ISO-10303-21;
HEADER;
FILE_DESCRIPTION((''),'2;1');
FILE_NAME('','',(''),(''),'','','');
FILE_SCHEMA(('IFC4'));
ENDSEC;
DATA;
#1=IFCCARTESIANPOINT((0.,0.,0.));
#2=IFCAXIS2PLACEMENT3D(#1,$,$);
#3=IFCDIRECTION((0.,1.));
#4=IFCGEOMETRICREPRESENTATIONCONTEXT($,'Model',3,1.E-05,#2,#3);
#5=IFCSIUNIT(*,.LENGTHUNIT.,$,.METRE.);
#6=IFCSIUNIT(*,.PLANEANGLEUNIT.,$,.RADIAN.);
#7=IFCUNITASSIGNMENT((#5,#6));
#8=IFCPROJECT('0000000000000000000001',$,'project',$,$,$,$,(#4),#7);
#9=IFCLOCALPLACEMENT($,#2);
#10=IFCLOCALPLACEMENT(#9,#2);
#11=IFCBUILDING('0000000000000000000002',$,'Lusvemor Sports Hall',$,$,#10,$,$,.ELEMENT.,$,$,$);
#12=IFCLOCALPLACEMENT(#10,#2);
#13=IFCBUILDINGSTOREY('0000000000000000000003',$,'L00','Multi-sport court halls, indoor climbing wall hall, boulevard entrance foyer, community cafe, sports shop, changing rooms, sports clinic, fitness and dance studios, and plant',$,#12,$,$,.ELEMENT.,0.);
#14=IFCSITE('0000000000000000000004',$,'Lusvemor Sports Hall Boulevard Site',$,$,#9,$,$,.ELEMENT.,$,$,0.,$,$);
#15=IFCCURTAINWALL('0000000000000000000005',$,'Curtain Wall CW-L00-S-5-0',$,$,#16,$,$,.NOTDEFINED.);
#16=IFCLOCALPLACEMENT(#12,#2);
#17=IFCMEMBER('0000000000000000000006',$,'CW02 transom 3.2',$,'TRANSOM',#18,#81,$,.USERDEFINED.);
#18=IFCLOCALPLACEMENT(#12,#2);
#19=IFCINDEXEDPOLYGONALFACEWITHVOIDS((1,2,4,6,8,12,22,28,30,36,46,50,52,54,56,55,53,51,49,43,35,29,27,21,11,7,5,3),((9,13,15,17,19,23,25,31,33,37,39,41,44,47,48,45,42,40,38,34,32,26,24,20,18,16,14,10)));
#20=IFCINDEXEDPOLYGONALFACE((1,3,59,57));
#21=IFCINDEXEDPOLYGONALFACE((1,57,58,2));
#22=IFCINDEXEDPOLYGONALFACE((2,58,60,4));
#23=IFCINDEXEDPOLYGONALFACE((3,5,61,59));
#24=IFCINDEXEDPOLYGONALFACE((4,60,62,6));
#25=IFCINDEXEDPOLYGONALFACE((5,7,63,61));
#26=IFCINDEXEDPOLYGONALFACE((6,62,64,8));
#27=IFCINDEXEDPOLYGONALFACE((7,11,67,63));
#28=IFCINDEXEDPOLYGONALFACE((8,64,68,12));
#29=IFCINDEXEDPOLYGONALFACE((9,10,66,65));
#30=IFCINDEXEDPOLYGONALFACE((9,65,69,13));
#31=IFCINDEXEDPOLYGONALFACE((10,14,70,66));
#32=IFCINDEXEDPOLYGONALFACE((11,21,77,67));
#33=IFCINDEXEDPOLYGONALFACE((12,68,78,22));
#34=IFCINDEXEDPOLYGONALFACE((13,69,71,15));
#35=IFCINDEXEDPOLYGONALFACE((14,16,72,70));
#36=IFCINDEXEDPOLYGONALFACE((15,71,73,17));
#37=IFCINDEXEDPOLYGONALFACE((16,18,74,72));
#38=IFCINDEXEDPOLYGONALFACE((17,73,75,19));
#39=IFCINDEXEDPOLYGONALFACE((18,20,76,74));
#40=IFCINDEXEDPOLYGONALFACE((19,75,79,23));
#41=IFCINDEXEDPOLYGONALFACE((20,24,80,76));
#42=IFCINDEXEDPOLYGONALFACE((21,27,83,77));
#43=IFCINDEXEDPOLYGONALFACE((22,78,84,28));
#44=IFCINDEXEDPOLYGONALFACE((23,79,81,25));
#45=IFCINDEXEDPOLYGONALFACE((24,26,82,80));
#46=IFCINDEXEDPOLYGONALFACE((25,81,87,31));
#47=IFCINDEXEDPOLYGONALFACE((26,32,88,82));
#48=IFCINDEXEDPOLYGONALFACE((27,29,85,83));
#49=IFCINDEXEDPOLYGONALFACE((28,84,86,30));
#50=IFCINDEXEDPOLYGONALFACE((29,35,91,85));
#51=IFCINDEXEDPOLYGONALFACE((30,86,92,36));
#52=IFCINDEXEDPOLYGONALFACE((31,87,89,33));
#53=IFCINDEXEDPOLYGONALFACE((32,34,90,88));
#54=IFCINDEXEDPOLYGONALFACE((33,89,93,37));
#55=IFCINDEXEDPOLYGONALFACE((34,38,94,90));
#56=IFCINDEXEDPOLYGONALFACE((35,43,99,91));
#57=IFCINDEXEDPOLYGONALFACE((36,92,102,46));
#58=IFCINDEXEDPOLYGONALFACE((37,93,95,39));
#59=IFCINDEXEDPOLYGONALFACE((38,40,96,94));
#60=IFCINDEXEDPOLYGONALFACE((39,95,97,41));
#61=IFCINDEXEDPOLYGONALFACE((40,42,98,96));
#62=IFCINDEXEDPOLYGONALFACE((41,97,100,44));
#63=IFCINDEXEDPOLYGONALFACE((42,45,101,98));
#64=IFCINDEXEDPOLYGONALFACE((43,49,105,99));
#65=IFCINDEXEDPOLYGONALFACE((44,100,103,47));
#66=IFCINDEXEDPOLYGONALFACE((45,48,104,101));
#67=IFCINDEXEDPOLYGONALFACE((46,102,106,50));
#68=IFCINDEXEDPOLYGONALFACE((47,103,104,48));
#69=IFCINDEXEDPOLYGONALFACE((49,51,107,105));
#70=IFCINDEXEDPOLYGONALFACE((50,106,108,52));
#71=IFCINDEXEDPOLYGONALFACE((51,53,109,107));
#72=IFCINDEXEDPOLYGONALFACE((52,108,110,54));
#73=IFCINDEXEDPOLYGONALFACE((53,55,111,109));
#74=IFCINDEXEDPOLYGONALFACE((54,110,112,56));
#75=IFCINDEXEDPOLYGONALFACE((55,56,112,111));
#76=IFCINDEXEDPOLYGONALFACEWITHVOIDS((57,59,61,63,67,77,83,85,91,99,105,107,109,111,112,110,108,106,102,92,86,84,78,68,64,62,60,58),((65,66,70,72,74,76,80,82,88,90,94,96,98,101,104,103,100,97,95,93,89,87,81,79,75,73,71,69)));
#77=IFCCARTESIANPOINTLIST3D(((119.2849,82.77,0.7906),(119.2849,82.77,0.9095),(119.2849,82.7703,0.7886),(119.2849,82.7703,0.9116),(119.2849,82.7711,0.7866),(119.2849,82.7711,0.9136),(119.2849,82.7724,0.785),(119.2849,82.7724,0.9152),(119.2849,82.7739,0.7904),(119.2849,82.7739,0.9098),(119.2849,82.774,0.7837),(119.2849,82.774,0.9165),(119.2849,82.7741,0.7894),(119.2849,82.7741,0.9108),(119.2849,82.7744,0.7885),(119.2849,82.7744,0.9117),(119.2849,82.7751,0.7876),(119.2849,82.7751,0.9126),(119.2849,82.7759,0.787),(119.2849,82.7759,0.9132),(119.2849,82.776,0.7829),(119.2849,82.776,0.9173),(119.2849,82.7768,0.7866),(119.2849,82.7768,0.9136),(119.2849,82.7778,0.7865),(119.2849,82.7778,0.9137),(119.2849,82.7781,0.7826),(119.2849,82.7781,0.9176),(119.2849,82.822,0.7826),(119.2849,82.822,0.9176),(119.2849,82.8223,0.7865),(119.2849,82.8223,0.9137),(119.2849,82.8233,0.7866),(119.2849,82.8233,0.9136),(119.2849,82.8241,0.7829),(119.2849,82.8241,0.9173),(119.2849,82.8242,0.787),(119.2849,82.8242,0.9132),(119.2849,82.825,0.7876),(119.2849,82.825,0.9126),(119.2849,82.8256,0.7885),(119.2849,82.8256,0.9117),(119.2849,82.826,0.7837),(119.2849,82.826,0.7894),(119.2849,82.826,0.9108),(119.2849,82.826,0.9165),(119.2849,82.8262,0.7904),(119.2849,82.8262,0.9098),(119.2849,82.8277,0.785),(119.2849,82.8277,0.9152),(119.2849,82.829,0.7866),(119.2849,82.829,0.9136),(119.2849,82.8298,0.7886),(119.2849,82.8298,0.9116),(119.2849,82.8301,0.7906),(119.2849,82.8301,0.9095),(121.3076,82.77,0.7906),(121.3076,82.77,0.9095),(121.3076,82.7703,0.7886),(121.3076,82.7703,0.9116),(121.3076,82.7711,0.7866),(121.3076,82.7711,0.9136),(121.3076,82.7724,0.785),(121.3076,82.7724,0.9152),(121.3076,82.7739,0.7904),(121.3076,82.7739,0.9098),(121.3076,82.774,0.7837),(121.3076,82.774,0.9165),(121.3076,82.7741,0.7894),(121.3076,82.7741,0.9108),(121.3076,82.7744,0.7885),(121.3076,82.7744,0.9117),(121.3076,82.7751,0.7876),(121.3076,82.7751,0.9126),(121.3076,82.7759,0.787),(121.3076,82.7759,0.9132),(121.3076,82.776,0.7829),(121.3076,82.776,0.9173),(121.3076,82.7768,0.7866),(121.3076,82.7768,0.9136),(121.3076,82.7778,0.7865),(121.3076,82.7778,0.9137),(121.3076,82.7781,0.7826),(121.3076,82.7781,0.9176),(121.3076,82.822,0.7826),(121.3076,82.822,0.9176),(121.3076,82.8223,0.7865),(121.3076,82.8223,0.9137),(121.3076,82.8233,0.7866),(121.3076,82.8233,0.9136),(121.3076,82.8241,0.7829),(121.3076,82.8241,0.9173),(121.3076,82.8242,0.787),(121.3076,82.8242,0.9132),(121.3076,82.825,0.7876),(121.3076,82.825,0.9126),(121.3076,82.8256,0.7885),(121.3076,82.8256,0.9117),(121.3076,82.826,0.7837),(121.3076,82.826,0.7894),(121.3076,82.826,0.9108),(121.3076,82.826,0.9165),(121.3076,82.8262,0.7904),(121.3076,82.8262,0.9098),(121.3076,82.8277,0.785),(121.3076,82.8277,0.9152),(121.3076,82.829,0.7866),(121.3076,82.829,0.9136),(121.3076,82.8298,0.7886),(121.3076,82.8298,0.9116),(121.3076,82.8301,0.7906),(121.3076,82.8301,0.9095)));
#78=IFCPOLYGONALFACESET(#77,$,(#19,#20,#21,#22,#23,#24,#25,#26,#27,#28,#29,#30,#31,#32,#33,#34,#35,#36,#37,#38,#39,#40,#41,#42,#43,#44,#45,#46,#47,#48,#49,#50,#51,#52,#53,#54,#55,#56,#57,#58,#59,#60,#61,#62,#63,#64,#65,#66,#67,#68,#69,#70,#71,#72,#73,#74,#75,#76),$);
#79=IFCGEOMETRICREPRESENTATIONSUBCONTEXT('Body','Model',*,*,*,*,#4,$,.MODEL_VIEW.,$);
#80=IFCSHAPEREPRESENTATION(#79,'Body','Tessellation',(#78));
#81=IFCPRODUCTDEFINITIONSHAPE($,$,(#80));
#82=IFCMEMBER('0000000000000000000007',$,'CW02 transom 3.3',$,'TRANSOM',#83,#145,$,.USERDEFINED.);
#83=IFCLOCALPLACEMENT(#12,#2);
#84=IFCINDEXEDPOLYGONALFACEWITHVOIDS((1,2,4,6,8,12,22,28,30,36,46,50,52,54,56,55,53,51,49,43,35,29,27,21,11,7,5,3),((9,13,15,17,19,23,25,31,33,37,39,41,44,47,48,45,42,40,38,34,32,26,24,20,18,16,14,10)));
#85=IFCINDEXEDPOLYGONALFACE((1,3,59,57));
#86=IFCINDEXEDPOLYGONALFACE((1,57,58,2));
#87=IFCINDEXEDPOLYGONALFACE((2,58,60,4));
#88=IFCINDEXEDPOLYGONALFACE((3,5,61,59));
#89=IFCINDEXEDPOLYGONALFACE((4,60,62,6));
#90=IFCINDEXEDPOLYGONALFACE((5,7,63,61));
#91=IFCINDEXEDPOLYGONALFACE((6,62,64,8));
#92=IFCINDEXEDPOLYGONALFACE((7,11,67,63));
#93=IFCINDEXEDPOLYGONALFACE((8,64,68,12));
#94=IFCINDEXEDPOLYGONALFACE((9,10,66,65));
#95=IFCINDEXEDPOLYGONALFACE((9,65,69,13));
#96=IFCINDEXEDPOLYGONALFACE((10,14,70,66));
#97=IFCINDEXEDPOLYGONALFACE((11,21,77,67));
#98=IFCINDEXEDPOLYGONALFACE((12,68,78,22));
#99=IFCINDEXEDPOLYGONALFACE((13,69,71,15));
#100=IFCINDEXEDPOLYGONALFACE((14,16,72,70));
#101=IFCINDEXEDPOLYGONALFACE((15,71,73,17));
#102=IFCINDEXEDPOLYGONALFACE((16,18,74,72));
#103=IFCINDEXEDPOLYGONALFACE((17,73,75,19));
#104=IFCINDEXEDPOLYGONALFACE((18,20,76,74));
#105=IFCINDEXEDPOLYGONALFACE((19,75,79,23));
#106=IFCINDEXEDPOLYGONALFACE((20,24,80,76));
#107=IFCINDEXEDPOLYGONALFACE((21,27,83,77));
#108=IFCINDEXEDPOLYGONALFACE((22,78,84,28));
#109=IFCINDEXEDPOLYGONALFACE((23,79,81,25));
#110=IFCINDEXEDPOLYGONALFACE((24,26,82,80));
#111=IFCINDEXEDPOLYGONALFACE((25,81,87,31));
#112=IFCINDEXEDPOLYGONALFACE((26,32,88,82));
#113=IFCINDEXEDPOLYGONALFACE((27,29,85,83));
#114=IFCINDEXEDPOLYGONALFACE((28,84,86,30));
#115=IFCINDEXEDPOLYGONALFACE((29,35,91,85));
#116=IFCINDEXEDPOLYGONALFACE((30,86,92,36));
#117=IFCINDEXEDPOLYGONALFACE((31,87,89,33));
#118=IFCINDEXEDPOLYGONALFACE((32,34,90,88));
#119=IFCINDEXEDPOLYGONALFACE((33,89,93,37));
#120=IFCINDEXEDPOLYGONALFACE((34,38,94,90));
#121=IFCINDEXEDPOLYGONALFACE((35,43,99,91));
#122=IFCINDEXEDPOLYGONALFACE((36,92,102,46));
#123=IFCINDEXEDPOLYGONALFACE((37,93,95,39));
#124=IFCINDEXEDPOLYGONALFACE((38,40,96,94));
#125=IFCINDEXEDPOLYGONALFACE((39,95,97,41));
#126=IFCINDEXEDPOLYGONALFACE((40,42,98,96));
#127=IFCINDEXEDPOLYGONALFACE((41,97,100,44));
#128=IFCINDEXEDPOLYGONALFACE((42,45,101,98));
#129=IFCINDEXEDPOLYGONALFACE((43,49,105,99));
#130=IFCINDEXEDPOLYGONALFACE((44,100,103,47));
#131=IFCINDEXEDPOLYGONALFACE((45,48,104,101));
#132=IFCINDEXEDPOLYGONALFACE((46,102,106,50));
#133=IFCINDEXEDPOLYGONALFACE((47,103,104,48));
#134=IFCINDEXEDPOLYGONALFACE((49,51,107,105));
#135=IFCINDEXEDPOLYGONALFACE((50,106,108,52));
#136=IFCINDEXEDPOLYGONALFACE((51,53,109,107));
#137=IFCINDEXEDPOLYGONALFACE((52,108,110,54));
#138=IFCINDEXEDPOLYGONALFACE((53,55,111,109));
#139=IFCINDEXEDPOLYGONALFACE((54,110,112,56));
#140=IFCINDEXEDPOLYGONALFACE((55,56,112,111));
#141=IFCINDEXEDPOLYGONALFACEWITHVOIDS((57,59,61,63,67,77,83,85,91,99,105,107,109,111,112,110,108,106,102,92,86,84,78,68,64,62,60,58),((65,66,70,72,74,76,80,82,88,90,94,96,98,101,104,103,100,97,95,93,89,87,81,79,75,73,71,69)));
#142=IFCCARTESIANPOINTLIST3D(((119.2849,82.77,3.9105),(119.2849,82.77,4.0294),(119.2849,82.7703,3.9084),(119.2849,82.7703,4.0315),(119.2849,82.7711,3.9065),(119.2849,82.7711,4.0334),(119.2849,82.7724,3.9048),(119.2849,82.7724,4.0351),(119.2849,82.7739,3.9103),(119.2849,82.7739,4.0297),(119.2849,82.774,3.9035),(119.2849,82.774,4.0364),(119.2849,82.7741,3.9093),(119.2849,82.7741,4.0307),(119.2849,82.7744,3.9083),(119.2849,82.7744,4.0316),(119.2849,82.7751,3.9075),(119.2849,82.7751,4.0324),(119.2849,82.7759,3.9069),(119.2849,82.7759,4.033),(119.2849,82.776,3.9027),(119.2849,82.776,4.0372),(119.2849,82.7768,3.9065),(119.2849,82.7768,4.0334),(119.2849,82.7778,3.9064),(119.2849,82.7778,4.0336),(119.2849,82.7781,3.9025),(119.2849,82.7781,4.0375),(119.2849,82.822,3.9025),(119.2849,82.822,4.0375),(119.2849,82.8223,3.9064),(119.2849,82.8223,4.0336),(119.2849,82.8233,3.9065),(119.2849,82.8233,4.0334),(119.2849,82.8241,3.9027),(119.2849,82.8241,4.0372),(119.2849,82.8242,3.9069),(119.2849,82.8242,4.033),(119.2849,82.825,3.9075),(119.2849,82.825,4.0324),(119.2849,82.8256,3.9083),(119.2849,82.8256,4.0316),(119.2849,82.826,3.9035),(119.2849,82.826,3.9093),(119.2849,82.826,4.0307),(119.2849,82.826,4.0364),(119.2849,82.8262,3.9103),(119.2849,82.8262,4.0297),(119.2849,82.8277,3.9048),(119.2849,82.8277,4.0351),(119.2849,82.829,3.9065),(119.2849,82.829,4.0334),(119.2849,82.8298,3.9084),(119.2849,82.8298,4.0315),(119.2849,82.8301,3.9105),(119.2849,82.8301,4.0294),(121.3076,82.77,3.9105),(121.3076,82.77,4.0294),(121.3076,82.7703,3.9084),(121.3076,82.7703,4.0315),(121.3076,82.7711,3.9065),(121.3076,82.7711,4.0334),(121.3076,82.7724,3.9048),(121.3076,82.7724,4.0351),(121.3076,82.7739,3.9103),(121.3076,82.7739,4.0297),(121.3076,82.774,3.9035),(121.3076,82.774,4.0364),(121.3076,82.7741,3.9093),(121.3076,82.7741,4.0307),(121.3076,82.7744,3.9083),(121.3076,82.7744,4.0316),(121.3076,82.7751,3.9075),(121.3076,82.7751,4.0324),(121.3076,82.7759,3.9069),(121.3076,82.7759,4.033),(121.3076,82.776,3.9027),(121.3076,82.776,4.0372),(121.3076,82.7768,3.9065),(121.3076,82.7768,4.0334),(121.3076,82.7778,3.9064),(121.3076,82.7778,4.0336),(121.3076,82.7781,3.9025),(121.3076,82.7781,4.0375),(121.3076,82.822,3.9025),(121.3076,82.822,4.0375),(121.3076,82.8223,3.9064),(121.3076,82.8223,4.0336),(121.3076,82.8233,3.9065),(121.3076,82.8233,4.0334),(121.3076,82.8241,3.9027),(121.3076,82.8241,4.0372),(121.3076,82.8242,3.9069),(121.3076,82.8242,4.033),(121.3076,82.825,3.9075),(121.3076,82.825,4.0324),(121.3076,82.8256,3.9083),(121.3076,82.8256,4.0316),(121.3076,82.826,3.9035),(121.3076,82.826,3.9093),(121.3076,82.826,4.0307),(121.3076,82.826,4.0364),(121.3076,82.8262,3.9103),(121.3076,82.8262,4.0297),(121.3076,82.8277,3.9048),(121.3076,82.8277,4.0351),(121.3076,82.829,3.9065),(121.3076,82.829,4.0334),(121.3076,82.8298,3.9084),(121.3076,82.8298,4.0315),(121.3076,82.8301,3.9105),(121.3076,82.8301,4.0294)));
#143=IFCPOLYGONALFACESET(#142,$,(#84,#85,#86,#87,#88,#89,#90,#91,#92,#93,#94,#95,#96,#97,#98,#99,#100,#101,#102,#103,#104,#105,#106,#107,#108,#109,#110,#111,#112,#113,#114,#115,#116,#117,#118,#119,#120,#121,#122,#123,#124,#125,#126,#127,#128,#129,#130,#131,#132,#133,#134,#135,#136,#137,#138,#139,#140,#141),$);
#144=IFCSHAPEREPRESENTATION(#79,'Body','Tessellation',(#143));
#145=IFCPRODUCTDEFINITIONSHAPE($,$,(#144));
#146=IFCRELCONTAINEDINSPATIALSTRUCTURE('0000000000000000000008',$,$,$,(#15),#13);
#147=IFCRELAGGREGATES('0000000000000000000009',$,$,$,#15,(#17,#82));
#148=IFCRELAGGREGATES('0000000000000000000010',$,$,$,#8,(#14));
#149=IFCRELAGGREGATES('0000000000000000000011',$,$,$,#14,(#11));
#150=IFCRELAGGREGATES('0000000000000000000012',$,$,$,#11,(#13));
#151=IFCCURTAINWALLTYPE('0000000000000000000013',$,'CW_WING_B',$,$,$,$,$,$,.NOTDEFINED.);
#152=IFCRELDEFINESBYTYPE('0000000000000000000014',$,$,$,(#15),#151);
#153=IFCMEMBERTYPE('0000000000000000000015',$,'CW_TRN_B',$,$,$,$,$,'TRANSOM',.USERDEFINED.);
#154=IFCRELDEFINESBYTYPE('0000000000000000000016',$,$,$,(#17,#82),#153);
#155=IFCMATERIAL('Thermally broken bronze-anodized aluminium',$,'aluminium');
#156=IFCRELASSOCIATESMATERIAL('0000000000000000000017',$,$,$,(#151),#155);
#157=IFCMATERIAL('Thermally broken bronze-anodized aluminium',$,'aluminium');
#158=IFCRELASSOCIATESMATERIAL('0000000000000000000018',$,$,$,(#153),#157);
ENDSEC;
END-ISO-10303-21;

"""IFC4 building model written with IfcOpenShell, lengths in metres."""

from ifc_helpers import new_model, si_unit, direction, frame, origin, origin_2d, place, context, subcontext, project, spatial, hollow_rectangle, extrude, material, material_profile, profile_set, type_object, element, aggregate, save


model = new_model("IFC4")

# Units and contexts
model_context = context("Model", 3, precision=1e-05, world=origin(), true_north=direction((0.0, 1.0)))
body_context = subcontext(model_context, "Body", "Model", "MODEL_VIEW")
ifc_project = project(units=[si_unit("LENGTHUNIT", "METRE"), si_unit("PLANEANGLEUNIT", "RADIAN")], contexts=[model_context])

# Site, building, storey
site_placement = place(None, origin())
site = spatial("IfcSite", under=ifc_project, at=site_placement, Name="Lusvemor Sports Hall Boulevard Site", CompositionType="ELEMENT", RefElevation=0.0)
building_placement = place(site_placement, origin())
building = spatial("IfcBuilding", under=site, at=building_placement, Name="Lusvemor Sports Hall", CompositionType="ELEMENT")
storey_placement = place(building_placement, origin())
storey = spatial("IfcBuildingStorey", under=building, at=storey_placement, Name="L00", Description="Multi-sport court halls, indoor climbing wall hall, boulevard entrance foyer, community cafe, sports shop, changing rooms, sports clinic, fitness and dance studios, and plant", CompositionType="ELEMENT", Elevation=0.0)

# Curtain wall, members
ifc_material_1 = material(Name="Thermally broken bronze-anodized aluminium", Category="aluminium")
curtain_wall_type = type_object("IfcCurtainWallType", Name="CW_WING_B", PredefinedType="NOTDEFINED", material=ifc_material_1)
curtain_wall_placement = place(storey_placement, origin())
curtain_wall = element("IfcCurtainWall", 1, at=curtain_wall_placement, inside=storey, type_object=curtain_wall_type, Name="Curtain Wall CW-L00-S-5-0", PredefinedType="NOTDEFINED")
ifc_material_2 = material(Name="Thermally broken bronze-anodized aluminium", Category="aluminium")
ifc_material_profile_1 = material_profile(ifc_material_2, hollow_rectangle(XDim=0.0601, YDim=0.135, WallThickness=0.0039, InnerFilletRadius=0.0039, OuterFilletRadius=0.0081, at=origin_2d()), Name="CWTRN135x60x4")
ifc_profile_set_1 = profile_set([ifc_material_profile_1], Name="Thermally broken bronze-anodized aluminium")
member_type_1 = type_object("IfcMemberType", Name="CW_TRN_B", ElementType="TRANSOM", PredefinedType="USERDEFINED", material=ifc_profile_set_1)
member_1_placement = place(storey_placement, frame((121.3076, 82.8, 0.8501), z_axis=(-1.0, 0.0, 0.0), x_axis=(0.0, -1.0, 0.0)))
member_1 = element("IfcMember", 2, at=member_1_placement, type_object=member_type_1, Name="CW02 transom 3.2", ObjectType="TRANSOM", PredefinedType="USERDEFINED", context=body_context, shape_type="SweptSolid", body=[
    extrude(hollow_rectangle(XDim=0.0601, YDim=0.135, WallThickness=0.0039, InnerFilletRadius=0.0039, OuterFilletRadius=0.0081, at=origin_2d()), origin(), (0.0, 0.0, 1.0), 2.0227),
])
member_2_placement = place(storey_placement, frame((121.3076, 82.8, 3.97), z_axis=(-1.0, 0.0, 0.0), x_axis=(0.0, -1.0, 0.0)))
member_2 = element("IfcMember", 3, at=member_2_placement, type_object=member_type_1, Name="CW02 transom 3.3", ObjectType="TRANSOM", PredefinedType="USERDEFINED", context=body_context, shape_type="SweptSolid", body=[
    extrude(hollow_rectangle(XDim=0.0601, YDim=0.135, WallThickness=0.0039, InnerFilletRadius=0.0039, OuterFilletRadius=0.0081, at=origin_2d()), origin(), (0.0, 0.0, 1.0), 2.0227),
])
aggregate(curtain_wall, [member_1, member_2])

save(model, "model.ifc")
